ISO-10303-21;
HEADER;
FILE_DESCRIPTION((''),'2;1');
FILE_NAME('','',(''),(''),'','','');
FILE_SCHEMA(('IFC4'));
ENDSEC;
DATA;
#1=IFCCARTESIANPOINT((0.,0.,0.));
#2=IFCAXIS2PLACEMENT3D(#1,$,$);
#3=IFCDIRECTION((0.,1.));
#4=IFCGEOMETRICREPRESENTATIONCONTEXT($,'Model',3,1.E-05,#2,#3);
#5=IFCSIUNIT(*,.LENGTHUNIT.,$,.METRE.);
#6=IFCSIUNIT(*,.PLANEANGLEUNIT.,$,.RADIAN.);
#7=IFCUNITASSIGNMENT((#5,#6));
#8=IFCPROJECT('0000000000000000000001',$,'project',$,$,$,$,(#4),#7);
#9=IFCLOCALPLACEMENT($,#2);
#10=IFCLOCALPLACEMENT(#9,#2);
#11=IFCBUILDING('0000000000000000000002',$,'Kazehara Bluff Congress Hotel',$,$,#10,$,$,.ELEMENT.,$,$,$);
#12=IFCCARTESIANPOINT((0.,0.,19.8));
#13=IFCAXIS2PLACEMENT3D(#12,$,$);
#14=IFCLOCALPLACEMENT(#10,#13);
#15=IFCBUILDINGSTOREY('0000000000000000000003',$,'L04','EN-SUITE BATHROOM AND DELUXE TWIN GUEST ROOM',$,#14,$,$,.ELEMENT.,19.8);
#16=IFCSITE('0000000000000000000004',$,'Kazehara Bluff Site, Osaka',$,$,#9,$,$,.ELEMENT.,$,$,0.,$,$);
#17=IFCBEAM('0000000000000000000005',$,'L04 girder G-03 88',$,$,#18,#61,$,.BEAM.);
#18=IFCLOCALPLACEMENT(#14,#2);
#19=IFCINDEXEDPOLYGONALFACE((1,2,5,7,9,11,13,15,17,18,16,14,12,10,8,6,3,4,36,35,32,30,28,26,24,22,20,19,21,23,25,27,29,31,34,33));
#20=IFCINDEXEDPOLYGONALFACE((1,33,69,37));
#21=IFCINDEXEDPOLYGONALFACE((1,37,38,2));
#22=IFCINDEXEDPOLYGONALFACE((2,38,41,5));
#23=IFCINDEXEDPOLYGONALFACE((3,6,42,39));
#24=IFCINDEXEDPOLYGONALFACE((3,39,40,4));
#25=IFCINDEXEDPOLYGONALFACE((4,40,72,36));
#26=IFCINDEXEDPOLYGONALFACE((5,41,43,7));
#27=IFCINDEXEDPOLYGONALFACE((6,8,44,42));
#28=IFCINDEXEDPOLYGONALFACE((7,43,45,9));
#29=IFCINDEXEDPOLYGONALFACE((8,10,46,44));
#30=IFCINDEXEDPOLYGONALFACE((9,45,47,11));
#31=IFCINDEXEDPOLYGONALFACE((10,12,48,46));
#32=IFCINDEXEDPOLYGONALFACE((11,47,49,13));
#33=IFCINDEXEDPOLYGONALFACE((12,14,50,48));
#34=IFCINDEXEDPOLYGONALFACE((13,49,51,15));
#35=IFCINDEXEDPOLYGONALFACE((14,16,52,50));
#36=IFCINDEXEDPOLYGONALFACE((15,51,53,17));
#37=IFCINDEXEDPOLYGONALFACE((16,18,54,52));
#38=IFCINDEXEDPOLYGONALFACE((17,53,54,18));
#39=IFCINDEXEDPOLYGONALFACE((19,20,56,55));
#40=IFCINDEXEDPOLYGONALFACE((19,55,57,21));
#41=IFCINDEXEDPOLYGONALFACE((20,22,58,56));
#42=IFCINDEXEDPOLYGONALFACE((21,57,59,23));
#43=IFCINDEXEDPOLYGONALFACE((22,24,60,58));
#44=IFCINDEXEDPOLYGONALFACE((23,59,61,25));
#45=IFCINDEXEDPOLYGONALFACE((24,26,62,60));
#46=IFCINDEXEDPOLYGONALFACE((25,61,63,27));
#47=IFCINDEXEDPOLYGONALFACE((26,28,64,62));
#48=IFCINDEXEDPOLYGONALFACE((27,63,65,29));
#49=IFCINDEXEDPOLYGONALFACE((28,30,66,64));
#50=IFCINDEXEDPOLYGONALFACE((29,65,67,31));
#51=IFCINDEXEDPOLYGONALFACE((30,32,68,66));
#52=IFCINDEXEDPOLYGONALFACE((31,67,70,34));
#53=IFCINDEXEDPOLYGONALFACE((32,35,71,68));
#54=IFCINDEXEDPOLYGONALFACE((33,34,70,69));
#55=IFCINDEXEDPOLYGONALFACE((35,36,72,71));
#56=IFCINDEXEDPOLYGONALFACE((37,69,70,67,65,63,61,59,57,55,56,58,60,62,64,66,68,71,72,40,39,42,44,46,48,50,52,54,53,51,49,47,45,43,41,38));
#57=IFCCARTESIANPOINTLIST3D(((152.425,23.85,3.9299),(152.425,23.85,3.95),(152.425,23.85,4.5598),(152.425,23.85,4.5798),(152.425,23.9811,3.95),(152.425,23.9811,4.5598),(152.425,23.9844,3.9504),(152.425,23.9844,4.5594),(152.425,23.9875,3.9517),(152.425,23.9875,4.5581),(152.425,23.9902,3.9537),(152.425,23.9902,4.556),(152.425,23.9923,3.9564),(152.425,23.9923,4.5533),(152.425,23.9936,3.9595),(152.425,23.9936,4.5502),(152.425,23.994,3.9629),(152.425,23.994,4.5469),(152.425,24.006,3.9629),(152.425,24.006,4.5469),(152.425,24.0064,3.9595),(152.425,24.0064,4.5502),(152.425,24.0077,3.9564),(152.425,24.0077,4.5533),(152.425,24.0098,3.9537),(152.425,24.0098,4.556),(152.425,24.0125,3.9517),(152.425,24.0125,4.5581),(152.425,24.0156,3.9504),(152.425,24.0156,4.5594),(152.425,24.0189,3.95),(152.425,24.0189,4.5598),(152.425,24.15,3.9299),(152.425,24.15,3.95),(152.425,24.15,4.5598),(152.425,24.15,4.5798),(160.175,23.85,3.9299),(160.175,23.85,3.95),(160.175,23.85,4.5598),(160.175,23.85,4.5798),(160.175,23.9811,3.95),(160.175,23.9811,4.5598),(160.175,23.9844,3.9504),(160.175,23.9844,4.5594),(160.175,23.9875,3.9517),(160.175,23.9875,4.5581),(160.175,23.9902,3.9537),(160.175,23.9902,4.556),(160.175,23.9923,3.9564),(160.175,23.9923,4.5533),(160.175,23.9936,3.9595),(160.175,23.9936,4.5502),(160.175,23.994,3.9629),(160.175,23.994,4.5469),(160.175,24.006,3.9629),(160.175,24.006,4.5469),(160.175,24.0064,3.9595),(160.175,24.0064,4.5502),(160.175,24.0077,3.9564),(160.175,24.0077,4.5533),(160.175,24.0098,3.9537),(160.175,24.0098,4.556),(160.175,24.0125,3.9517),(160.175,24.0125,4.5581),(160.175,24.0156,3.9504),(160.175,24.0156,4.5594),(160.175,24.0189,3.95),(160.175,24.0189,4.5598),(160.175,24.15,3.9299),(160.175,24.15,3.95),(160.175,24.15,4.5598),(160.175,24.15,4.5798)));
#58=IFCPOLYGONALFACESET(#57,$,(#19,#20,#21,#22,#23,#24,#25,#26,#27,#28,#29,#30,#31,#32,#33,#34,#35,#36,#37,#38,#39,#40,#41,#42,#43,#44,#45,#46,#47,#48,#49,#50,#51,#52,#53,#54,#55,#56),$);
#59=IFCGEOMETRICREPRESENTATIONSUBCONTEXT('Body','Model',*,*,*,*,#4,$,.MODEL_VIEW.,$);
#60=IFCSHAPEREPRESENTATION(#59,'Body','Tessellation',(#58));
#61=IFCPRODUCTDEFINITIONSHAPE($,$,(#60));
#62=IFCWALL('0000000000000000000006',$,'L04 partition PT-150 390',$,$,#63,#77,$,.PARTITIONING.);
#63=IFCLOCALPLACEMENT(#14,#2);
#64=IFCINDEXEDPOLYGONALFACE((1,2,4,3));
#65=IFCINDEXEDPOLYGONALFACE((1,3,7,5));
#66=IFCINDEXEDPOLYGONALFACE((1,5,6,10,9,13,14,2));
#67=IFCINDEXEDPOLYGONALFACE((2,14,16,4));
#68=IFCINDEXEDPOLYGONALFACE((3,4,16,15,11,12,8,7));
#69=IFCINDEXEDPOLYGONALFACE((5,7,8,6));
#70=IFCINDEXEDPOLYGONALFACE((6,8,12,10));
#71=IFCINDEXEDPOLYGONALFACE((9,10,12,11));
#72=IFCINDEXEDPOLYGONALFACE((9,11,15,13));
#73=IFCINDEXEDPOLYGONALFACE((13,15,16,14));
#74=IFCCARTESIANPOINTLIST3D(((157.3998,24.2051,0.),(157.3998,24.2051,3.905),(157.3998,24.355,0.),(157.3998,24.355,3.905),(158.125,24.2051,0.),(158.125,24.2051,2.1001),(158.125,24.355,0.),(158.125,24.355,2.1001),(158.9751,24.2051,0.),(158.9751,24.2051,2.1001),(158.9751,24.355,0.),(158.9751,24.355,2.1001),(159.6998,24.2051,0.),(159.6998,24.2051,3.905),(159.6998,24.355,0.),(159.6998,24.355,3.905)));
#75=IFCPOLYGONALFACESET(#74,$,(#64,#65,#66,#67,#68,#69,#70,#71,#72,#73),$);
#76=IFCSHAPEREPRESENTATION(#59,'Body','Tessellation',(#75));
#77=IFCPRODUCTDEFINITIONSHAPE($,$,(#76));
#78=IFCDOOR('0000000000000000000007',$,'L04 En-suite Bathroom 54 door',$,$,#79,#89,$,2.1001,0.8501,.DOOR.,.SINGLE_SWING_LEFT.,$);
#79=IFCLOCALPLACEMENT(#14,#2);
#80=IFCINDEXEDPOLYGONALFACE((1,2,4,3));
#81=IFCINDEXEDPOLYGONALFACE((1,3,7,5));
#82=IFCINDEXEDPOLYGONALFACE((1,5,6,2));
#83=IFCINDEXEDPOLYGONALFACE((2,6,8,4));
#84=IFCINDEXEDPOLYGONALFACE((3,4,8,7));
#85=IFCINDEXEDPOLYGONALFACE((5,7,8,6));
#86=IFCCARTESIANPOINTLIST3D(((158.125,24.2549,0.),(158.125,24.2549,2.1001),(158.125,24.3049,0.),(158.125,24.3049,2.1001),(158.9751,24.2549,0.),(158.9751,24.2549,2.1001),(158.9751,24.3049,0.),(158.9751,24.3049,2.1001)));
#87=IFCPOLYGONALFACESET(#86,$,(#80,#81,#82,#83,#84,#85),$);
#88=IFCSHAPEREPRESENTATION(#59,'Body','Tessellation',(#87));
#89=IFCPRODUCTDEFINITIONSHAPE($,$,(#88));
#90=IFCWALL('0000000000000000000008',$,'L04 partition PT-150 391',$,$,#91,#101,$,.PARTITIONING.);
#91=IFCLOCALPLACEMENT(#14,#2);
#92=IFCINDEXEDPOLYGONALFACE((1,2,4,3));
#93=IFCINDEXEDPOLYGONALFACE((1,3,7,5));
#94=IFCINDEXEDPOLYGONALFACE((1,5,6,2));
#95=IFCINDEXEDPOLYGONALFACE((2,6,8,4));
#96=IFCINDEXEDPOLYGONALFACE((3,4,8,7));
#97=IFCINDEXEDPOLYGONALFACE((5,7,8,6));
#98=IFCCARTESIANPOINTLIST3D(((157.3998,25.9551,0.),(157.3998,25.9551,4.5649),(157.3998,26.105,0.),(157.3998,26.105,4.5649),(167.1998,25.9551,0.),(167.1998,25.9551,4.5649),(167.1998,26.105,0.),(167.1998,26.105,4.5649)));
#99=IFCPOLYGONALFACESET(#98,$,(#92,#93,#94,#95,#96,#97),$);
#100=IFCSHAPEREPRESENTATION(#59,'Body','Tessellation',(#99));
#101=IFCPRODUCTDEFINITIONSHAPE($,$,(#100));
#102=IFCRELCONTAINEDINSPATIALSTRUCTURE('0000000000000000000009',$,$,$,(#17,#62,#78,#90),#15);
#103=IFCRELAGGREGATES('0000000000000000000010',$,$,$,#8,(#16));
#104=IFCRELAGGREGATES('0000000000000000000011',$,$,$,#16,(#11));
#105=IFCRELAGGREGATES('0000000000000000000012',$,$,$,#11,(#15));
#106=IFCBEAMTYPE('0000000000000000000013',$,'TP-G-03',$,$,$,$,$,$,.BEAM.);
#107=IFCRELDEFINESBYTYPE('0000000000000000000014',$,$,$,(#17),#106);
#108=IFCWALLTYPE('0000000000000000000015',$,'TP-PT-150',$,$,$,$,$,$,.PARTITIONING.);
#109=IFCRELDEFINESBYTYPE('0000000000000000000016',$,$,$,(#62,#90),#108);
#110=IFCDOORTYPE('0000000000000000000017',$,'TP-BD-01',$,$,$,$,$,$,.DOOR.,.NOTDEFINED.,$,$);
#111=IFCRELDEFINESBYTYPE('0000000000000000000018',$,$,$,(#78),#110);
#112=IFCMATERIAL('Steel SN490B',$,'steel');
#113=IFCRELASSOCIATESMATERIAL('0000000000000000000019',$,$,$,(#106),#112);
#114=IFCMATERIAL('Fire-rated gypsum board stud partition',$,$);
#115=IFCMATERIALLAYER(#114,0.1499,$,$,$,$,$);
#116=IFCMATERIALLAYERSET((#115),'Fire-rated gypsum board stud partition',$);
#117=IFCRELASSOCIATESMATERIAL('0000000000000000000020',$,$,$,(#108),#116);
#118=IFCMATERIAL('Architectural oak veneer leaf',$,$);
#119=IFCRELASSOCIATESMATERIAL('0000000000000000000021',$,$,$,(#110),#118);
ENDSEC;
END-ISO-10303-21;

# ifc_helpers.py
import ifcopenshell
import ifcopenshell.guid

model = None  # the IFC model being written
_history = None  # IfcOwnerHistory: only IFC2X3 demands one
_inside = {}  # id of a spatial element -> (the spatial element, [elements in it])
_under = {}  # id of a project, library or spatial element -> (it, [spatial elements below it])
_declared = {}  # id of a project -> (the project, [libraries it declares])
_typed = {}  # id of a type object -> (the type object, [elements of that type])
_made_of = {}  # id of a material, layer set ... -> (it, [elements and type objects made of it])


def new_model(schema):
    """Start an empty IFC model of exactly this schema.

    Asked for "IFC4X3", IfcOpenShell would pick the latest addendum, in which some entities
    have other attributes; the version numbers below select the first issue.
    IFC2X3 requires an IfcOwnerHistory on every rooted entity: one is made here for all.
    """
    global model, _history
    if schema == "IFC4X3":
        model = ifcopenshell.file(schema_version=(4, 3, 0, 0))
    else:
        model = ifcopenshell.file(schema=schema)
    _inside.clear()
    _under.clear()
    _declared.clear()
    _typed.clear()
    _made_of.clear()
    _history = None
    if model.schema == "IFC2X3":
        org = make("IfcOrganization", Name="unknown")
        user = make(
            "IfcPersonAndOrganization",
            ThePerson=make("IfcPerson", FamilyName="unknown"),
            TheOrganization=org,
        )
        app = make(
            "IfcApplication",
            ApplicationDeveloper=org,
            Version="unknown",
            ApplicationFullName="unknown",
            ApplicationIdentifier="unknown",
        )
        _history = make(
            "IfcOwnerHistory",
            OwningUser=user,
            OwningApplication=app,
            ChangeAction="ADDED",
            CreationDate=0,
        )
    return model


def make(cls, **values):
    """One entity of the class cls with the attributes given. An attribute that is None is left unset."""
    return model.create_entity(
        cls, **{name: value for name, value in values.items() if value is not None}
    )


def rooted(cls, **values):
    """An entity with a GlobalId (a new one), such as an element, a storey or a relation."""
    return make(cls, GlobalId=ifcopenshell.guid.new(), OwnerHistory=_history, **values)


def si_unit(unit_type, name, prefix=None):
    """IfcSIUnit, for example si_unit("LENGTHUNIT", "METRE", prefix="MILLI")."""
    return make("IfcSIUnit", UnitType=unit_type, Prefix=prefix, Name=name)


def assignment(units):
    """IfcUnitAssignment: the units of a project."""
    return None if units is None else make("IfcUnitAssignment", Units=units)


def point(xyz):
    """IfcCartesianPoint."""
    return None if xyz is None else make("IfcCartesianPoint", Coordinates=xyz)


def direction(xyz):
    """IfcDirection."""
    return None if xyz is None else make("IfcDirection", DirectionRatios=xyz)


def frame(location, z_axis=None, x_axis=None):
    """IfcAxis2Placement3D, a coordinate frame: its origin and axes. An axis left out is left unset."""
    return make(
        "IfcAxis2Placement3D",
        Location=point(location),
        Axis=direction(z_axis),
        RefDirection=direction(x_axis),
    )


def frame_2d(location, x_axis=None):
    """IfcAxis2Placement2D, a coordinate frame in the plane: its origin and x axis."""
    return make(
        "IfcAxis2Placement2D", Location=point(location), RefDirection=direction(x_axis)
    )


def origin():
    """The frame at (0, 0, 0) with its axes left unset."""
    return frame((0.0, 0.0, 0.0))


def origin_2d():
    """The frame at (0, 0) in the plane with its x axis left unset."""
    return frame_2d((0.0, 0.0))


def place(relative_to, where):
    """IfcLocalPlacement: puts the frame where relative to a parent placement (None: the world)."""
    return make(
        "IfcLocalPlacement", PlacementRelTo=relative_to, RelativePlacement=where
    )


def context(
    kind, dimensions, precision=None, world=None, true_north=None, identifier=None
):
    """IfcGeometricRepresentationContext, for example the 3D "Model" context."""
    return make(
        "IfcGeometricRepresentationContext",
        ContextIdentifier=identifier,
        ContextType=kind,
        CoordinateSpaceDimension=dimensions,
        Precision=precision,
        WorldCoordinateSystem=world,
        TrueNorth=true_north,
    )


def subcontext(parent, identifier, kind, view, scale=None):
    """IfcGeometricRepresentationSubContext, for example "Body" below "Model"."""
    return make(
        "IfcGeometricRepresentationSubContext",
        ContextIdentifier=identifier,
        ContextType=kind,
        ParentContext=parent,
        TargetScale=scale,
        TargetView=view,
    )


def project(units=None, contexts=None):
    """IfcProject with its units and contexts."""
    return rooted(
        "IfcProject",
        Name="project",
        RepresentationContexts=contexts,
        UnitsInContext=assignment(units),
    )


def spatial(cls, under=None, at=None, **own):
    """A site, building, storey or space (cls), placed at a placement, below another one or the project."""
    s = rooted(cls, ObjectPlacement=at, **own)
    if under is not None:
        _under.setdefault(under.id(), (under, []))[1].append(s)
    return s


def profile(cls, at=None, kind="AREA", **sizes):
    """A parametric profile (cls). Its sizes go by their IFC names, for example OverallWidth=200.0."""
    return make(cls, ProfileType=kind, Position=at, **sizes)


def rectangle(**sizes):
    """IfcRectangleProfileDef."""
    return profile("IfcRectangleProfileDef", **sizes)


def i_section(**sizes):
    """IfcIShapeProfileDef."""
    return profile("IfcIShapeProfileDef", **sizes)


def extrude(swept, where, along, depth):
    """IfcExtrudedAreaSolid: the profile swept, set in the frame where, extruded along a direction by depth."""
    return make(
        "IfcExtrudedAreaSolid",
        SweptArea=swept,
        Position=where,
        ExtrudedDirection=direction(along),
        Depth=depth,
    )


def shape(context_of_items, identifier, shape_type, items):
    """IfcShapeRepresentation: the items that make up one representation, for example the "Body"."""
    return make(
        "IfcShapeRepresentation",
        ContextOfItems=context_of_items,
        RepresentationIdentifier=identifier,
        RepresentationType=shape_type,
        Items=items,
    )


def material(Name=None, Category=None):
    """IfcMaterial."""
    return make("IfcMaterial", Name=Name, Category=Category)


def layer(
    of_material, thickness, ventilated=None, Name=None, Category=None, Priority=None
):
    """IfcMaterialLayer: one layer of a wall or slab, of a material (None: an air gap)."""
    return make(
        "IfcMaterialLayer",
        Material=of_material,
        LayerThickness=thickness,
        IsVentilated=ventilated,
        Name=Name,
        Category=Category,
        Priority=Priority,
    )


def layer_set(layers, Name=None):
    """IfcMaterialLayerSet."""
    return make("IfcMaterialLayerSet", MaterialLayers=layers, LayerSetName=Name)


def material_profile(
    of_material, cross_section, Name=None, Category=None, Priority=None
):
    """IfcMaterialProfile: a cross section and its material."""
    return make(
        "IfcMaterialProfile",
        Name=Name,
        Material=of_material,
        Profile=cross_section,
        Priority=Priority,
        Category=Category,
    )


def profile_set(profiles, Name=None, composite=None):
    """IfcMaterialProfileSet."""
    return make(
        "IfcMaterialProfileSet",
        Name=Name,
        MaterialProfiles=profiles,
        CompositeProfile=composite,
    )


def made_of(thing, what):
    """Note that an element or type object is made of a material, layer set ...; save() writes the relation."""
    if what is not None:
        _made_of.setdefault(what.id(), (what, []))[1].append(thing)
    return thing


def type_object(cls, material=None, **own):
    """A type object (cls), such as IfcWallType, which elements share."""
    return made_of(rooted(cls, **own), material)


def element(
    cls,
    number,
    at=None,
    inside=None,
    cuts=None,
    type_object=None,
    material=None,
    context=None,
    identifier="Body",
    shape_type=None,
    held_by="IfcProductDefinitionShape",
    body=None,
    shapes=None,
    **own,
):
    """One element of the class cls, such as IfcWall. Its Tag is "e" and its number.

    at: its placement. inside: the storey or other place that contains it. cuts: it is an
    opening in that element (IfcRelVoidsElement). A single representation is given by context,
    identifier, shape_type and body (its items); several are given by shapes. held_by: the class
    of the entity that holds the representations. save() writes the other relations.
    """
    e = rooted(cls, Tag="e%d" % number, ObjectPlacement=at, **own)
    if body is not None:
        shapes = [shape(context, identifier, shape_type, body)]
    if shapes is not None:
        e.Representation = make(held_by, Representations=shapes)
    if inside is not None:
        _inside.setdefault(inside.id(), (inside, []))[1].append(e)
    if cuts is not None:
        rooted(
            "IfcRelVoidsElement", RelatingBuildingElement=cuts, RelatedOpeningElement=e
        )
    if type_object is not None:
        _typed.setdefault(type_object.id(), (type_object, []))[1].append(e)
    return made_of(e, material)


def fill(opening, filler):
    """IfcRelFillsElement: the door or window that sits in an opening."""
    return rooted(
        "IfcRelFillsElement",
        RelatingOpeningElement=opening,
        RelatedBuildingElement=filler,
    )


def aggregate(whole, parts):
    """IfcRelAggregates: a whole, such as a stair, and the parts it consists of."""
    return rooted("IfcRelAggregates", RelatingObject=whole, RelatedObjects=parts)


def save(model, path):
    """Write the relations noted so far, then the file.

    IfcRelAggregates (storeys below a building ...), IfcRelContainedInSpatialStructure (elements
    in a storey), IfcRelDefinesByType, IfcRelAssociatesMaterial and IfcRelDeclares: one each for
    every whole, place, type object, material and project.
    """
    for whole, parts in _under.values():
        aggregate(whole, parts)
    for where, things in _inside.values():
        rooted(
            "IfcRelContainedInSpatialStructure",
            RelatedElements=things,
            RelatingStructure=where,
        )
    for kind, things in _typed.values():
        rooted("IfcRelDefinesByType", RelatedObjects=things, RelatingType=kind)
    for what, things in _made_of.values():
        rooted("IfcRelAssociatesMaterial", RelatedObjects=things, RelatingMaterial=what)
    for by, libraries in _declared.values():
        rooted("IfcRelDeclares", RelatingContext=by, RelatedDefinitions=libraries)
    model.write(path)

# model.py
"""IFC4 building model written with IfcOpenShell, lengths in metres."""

from ifc_helpers import new_model, si_unit, direction, frame, frame_2d, origin, origin_2d, place, context, subcontext, project, spatial, rectangle, i_section, extrude, material, layer, layer_set, material_profile, profile_set, type_object, element, fill, save


model = new_model("IFC4")

# Units and contexts
model_context = context("Model", 3, precision=1e-05, world=origin(), true_north=direction((0.0, 1.0)))
body_context = subcontext(model_context, "Body", "Model", "MODEL_VIEW")
ifc_project = project(units=[si_unit("LENGTHUNIT", "METRE"), si_unit("PLANEANGLEUNIT", "RADIAN")], contexts=[model_context])

# Site, building, storey
site_placement = place(None, origin())
site = spatial("IfcSite", under=ifc_project, at=site_placement, Name="Kazehara Bluff Site, Osaka", CompositionType="ELEMENT", RefElevation=0.0)
building_placement = place(site_placement, origin())
building = spatial("IfcBuilding", under=site, at=building_placement, Name="Kazehara Bluff Congress Hotel", CompositionType="ELEMENT")
storey_placement = place(building_placement, frame((0.0, 0.0, 19.8)))
storey = spatial("IfcBuildingStorey", under=building, at=storey_placement, Name="L04", Description="EN-SUITE BATHROOM AND DELUXE TWIN GUEST ROOM", CompositionType="ELEMENT", Elevation=19.8)

# Beam
ifc_material_1 = material(Name="Steel SN490B", Category="steel")
ifc_material_profile = material_profile(ifc_material_1, i_section(OverallWidth=0.3, OverallDepth=0.6499, WebThickness=0.012, FlangeThickness=0.02, FilletRadius=0.0129, at=origin_2d()))
ifc_profile_set = profile_set([ifc_material_profile], Name="Steel SN490B")
beam_type = type_object("IfcBeamType", Name="TP-G-03", PredefinedType="BEAM", material=ifc_profile_set)
beam_placement = place(storey_placement, frame((152.425, 24.0, 4.2549), z_axis=(1.0, 0.0, 0.0), x_axis=(0.0, 1.0, 0.0)))
element("IfcBeam", 1, at=beam_placement, inside=storey, type_object=beam_type, Name="L04 girder G-03 88", PredefinedType="BEAM", context=body_context, shape_type="SweptSolid", body=[
    extrude(i_section(OverallWidth=0.3, OverallDepth=0.6499, WebThickness=0.012, FlangeThickness=0.02, FilletRadius=0.0129, at=origin_2d()), origin(), (0.0, 0.0, 1.0), 7.75),
])

# Wall, opening, door
ifc_material_2 = material(Name="Fire-rated gypsum board stud partition")
ifc_layer = layer(ifc_material_2, 0.1499)
ifc_layer_set = layer_set([ifc_layer], Name="Fire-rated gypsum board stud partition")
wall_type = type_object("IfcWallType", Name="TP-PT-150", PredefinedType="PARTITIONING", material=ifc_layer_set)
wall_1_placement = place(storey_placement, frame((157.3999, 24.28, 0.0), z_axis=(0.0, 0.0, 1.0), x_axis=(1.0, 0.0, 0.0)))
wall_1 = element("IfcWall", 2, at=wall_1_placement, inside=storey, type_object=wall_type, Name="L04 partition PT-150 390", PredefinedType="PARTITIONING", context=body_context, shape_type="SweptSolid", body=[
    extrude(rectangle(XDim=2.3, YDim=0.1499, at=frame_2d((1.1499, 0.0))), origin(), (0.0, 0.0, 1.0), 3.905),
])
opening_1_placement = place(wall_1_placement, frame((0.7251, 0.0, 0.0)))
opening_1 = element("IfcOpeningElement", 3, at=opening_1_placement, cuts=wall_1, PredefinedType="OPENING", context=body_context, shape_type="SweptSolid", body=[
    extrude(rectangle(XDim=0.8501, YDim=2.1001, at=frame_2d((0.425, 1.05))), frame((0.0, 0.085, 0.0), z_axis=(0.0, -1.0, 0.0), x_axis=(1.0, 0.0, 0.0)), (0.0, 0.0, 1.0), 0.1699),
])
ifc_material_3 = material(Name="Architectural oak veneer leaf")
door_type_1 = type_object("IfcDoorType", Name="TP-BD-01", OperationType="NOTDEFINED", PredefinedType="DOOR", material=ifc_material_3)
door_1_placement = place(opening_1_placement, origin())
door_1 = element("IfcDoor", 4, at=door_1_placement, inside=storey, type_object=door_type_1, Name="L04 En-suite Bathroom 54 door", OperationType="SINGLE_SWING_LEFT", OverallHeight=2.1001, OverallWidth=0.8501, PredefinedType="DOOR", context=body_context, shape_type="SweptSolid", body=[
    extrude(rectangle(XDim=0.8501, YDim=2.1001, at=frame_2d((0.425, 1.05))), frame((0.0, 0.0249, 0.0), z_axis=(0.0, -1.0, 0.0), x_axis=(1.0, 0.0, 0.0)), (0.0, 0.0, 1.0), 0.05),
])
fill(opening_1, door_1)

# Wall
wall_2_placement = place(storey_placement, frame((157.3999, 26.03, 0.0), z_axis=(0.0, 0.0, 1.0), x_axis=(1.0, 0.0, 0.0)))
element("IfcWall", 5, at=wall_2_placement, inside=storey, type_object=wall_type, Name="L04 partition PT-150 391", PredefinedType="PARTITIONING", context=body_context, shape_type="SweptSolid", body=[
    extrude(rectangle(XDim=9.8, YDim=0.1499, at=frame_2d((4.8999, 0.0))), origin(), (0.0, 0.0, 1.0), 4.5649),
])

save(model, "model.ifc")
